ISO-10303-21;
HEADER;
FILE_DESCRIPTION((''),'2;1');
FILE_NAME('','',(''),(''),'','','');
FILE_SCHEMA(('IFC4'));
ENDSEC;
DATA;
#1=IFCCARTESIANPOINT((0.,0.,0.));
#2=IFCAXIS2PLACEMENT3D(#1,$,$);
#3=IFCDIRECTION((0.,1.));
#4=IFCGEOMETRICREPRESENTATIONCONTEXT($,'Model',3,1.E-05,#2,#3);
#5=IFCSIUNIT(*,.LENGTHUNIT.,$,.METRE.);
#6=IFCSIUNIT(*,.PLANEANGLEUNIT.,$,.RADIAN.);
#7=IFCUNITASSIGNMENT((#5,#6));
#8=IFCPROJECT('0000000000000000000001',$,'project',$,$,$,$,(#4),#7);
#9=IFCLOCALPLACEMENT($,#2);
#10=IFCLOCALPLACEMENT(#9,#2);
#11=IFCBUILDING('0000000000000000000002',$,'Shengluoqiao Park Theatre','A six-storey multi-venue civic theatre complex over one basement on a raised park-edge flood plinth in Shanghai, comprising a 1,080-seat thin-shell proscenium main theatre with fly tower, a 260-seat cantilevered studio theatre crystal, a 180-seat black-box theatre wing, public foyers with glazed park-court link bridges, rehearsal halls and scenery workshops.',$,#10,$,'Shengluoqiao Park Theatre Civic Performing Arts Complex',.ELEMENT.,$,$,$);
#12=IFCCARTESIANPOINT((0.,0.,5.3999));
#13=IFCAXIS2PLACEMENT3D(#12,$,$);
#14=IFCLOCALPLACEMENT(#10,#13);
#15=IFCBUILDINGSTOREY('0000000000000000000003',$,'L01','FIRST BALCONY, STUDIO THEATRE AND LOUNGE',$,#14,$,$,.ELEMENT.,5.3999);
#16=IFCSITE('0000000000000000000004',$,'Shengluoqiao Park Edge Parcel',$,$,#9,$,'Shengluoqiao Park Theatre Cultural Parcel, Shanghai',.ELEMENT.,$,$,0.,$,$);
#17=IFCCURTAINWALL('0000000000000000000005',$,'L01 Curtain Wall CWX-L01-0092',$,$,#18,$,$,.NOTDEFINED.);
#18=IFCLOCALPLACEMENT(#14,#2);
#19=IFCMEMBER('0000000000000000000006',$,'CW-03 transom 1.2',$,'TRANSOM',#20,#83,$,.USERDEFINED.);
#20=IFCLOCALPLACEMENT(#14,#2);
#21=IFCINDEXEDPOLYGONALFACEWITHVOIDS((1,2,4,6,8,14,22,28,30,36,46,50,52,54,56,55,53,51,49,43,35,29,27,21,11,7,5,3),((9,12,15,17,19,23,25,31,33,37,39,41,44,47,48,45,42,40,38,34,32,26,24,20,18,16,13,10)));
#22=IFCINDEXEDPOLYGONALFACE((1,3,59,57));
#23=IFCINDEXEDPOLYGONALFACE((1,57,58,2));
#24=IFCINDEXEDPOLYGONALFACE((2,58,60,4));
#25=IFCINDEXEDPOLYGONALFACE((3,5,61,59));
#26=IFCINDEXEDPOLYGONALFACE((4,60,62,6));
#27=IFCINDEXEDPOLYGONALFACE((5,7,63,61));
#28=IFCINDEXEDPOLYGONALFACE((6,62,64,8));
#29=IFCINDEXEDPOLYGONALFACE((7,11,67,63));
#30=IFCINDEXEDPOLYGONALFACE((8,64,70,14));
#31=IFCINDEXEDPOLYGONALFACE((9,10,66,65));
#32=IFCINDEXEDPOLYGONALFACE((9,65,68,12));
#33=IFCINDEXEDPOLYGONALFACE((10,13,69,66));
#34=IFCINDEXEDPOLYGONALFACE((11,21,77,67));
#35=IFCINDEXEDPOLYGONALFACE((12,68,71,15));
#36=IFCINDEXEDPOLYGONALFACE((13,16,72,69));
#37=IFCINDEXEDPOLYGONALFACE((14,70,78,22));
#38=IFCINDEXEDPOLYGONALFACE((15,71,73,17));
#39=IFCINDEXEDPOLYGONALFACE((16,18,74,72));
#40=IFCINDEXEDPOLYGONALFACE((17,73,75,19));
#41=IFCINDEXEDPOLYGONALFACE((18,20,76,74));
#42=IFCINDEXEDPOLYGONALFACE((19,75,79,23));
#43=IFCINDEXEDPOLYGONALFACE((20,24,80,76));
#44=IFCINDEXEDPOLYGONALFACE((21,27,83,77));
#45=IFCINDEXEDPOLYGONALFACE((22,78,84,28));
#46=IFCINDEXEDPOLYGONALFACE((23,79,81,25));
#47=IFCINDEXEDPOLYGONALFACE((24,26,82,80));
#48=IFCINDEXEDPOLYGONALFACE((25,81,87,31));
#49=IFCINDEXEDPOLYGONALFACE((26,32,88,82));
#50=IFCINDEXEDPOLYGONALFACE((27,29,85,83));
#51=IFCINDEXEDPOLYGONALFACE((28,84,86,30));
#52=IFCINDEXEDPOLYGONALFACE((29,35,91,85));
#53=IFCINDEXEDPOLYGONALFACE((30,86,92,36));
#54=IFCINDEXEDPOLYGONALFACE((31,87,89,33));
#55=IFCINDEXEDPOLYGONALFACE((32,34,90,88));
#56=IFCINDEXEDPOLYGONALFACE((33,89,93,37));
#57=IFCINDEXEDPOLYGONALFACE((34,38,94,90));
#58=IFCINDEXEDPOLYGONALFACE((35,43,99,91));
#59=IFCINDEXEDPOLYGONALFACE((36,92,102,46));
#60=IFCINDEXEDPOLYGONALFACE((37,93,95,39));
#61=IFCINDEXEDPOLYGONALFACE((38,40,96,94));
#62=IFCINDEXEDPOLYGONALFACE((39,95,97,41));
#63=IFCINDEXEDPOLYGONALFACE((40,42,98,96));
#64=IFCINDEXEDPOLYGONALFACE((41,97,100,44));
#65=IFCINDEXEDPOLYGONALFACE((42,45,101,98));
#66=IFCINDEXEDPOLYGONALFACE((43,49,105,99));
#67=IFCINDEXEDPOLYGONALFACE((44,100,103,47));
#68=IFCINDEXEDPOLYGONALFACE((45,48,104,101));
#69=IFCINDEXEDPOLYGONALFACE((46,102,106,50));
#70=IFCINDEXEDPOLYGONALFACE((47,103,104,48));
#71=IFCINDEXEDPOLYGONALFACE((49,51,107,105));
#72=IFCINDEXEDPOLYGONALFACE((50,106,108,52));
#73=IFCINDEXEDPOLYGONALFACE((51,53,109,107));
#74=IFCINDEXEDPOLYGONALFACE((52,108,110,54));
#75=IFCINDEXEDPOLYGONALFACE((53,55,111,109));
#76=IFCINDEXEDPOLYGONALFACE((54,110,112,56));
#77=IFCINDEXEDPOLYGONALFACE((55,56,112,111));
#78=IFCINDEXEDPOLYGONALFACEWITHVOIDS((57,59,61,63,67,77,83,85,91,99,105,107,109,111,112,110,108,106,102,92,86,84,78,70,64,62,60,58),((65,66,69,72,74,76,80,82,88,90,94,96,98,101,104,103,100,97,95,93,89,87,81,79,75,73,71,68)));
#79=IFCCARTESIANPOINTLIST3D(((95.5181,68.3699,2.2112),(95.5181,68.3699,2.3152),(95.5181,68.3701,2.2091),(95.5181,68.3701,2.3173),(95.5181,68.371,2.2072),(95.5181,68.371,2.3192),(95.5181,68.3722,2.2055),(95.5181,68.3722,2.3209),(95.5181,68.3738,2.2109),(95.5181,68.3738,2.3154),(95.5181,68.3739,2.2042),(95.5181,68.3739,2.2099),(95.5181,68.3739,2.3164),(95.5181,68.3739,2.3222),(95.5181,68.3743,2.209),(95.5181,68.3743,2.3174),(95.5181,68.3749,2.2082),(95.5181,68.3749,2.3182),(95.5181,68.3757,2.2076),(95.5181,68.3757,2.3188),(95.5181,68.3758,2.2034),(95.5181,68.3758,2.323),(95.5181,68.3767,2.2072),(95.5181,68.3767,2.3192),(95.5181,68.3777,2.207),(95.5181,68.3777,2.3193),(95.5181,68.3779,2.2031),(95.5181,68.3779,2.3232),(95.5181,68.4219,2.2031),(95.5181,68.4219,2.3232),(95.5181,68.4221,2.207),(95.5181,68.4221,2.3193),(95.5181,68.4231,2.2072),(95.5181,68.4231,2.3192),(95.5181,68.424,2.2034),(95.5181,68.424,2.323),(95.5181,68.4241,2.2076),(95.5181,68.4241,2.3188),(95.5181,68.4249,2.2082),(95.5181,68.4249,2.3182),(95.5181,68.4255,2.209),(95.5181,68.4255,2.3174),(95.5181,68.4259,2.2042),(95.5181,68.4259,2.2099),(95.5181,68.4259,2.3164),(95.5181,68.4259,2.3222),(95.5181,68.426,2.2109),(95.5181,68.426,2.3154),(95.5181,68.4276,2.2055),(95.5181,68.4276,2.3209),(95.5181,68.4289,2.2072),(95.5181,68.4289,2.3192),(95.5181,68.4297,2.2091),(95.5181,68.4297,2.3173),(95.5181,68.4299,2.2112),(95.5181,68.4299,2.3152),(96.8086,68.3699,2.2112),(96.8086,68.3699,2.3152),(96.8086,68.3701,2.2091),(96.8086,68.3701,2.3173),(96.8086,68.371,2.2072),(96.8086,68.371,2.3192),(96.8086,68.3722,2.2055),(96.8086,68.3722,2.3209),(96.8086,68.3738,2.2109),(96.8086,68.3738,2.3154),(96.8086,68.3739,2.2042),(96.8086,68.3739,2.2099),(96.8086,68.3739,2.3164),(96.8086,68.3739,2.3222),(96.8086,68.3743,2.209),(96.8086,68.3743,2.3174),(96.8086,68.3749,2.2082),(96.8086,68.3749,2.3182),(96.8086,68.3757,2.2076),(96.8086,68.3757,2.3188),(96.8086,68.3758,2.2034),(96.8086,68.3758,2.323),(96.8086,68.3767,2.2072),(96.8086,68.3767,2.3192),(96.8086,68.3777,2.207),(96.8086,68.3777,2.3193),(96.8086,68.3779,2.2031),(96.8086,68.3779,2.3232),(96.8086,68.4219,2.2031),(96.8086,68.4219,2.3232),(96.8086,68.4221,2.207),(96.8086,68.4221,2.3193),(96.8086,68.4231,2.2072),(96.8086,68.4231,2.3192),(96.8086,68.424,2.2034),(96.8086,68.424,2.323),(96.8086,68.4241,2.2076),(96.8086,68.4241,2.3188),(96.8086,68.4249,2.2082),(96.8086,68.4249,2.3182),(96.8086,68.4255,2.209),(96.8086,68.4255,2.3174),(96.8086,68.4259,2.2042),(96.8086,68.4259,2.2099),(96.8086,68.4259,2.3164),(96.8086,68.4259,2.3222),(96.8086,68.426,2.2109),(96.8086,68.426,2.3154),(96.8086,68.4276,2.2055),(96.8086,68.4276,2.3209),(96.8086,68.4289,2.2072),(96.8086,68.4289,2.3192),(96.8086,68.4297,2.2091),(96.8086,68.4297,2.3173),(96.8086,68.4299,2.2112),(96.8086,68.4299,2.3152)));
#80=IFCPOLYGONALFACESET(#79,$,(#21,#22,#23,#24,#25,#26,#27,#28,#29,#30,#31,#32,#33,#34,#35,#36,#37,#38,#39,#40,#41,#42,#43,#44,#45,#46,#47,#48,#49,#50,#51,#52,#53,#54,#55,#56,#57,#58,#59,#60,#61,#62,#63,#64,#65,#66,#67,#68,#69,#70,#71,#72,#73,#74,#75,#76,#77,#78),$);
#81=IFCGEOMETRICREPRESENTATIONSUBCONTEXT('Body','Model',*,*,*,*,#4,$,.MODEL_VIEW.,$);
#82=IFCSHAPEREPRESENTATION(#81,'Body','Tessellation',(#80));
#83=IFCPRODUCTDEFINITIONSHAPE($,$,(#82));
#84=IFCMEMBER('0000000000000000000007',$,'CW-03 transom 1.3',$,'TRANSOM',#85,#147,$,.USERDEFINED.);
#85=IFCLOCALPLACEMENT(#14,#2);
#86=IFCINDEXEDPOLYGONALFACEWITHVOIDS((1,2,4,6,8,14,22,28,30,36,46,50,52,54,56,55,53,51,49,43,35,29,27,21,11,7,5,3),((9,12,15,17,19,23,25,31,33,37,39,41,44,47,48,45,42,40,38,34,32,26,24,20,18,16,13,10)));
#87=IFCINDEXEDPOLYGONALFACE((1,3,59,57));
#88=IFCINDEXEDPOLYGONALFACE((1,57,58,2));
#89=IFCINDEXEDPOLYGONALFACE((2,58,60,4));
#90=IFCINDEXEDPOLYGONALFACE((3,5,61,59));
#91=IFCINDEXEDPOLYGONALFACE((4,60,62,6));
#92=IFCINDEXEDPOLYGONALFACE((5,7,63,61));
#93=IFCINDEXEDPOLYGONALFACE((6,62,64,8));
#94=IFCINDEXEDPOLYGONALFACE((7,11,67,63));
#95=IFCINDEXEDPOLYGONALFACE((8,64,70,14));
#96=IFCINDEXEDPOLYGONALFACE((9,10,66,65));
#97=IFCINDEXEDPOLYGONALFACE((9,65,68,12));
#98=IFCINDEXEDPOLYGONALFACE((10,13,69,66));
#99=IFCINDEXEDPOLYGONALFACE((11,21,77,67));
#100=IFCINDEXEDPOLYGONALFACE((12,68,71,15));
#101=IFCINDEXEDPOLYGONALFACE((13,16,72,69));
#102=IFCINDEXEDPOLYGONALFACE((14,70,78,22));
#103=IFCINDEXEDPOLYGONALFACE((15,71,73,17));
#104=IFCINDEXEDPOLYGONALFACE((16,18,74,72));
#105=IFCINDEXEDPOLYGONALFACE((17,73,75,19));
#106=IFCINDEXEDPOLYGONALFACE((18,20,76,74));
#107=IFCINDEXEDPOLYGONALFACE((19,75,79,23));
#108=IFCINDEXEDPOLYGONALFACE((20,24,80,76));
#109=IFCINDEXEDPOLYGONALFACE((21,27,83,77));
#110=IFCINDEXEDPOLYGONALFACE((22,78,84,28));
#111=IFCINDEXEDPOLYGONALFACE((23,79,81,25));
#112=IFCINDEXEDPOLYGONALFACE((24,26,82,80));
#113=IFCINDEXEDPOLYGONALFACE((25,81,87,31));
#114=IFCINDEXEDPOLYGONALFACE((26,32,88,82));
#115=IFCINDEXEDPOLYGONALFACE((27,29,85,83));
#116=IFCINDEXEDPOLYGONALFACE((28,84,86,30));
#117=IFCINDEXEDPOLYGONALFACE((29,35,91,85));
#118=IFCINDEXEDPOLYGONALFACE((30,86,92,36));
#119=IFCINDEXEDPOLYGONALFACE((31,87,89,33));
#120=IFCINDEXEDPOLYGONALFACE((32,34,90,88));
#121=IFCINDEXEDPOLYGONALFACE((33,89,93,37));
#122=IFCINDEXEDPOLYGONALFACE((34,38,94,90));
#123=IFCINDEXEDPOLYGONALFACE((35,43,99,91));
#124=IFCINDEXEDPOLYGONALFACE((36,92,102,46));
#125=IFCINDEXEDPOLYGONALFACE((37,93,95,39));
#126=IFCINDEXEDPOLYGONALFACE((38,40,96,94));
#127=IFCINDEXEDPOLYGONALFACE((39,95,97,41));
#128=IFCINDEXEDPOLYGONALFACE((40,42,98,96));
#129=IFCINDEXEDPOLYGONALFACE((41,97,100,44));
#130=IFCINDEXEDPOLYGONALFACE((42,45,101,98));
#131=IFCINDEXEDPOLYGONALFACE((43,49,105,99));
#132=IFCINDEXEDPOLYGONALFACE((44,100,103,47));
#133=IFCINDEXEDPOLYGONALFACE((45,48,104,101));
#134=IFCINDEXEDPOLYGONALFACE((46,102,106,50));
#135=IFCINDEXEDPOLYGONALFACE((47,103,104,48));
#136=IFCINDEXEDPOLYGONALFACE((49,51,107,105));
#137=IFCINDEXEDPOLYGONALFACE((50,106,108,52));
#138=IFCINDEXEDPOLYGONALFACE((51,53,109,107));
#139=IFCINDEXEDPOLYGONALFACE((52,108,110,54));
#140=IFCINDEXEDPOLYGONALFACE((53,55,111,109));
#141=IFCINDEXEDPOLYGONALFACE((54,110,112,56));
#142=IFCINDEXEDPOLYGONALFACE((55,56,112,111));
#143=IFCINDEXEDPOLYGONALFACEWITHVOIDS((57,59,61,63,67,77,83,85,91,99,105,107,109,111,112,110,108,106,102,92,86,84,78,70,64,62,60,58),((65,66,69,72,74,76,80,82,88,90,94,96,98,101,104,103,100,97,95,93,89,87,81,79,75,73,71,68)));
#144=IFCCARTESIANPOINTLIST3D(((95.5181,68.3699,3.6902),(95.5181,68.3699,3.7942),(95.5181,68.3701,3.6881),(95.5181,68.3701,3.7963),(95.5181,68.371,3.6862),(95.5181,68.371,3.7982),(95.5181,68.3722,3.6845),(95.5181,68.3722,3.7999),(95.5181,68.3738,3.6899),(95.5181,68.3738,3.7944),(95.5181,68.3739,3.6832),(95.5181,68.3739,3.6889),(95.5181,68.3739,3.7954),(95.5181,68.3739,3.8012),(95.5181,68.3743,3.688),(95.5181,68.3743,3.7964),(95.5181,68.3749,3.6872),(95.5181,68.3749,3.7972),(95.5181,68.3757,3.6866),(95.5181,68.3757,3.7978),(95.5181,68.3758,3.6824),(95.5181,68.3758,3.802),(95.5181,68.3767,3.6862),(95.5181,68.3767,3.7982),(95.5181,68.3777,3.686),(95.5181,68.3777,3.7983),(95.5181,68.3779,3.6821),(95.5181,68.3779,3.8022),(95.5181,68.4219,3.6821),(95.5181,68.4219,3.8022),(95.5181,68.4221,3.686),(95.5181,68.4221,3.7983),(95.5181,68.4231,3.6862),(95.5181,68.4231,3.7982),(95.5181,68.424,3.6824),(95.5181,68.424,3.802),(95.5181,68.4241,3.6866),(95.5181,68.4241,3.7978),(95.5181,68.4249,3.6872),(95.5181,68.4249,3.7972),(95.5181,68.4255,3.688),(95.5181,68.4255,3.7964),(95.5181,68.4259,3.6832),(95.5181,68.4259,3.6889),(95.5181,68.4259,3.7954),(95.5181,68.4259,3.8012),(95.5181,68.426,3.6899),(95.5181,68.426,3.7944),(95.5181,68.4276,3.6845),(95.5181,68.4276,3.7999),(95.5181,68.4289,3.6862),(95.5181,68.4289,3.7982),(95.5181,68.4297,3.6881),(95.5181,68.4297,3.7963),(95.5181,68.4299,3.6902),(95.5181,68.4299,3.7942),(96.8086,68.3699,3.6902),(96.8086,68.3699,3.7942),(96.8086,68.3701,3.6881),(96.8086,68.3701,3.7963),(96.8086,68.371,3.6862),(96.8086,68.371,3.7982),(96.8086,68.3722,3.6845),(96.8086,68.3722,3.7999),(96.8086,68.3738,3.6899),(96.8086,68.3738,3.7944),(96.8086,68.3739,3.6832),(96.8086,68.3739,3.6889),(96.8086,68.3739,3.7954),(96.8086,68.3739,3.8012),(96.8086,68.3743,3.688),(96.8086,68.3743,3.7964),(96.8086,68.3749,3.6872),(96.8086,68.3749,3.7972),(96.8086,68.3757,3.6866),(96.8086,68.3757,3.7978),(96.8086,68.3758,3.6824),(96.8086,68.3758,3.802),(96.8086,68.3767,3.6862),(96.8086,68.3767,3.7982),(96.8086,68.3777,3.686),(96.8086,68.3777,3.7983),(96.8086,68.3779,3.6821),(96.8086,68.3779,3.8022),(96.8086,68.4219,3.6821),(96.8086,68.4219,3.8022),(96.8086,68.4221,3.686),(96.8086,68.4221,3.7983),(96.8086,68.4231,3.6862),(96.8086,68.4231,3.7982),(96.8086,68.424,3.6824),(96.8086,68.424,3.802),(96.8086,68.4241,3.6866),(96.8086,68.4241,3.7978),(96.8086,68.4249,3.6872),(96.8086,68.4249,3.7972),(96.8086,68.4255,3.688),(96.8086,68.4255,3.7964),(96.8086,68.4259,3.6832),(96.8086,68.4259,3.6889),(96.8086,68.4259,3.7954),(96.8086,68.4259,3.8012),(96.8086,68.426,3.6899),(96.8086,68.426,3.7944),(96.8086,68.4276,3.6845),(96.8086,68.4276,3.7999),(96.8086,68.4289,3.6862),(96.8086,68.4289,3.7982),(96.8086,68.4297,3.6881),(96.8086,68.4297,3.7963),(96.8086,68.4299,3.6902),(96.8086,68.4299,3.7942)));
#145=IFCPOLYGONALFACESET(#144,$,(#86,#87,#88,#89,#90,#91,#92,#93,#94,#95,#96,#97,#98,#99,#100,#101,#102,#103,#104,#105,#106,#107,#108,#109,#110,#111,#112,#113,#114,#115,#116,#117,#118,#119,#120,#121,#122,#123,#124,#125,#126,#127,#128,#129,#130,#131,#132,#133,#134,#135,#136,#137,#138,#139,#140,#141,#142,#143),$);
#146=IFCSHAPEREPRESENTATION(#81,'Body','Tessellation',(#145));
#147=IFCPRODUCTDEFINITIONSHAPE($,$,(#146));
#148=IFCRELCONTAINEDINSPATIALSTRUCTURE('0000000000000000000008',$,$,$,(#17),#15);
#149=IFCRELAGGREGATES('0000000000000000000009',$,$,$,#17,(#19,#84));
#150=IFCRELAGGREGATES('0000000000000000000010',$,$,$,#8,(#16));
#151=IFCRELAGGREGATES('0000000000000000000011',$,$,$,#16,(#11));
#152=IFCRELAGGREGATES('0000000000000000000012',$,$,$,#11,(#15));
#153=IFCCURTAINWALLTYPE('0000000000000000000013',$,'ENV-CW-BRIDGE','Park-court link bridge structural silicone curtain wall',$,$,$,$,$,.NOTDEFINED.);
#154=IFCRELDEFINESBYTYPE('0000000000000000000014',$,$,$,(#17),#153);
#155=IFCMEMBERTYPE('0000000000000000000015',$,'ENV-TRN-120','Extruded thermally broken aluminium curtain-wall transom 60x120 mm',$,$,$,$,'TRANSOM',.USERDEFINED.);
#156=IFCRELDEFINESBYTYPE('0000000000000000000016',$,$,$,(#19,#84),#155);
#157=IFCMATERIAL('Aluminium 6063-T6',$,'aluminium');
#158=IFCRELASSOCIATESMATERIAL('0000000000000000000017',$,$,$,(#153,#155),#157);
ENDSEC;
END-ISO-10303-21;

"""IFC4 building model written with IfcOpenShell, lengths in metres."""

from ifc_helpers import new_model, si_unit, direction, frame, origin, origin_2d, place, context, subcontext, project, spatial, hollow_rectangle, extrude, material, material_profile, profile_set, type_object, element, aggregate, save


model = new_model("IFC4")

# Units and contexts
model_context = context("Model", 3, precision=1e-05, world=origin(), true_north=direction((0.0, 1.0)))
body_context = subcontext(model_context, "Body", "Model", "MODEL_VIEW")
ifc_project = project(units=[si_unit("LENGTHUNIT", "METRE"), si_unit("PLANEANGLEUNIT", "RADIAN")], contexts=[model_context])

# Site, building, storey
site_placement = place(None, origin())
site = spatial("IfcSite", under=ifc_project, at=site_placement, Name="Shengluoqiao Park Edge Parcel", LongName="Shengluoqiao Park Theatre Cultural Parcel, Shanghai", CompositionType="ELEMENT", RefElevation=0.0)
building_placement = place(site_placement, origin())
building = spatial("IfcBuilding", under=site, at=building_placement, Name="Shengluoqiao Park Theatre", Description="A six-storey multi-venue civic theatre complex over one basement on a raised park-edge flood plinth in Shanghai, comprising a 1,080-seat thin-shell proscenium main theatre with fly tower, a 260-seat cantilevered studio theatre crystal, a 180-seat black-box theatre wing, public foyers with glazed park-court link bridges, rehearsal halls and scenery workshops.", LongName="Shengluoqiao Park Theatre Civic Performing Arts Complex", CompositionType="ELEMENT")
storey_placement = place(building_placement, frame((0.0, 0.0, 5.3999)))
storey = spatial("IfcBuildingStorey", under=building, at=storey_placement, Name="L01", Description="FIRST BALCONY, STUDIO THEATRE AND LOUNGE", CompositionType="ELEMENT", Elevation=5.3999)

# Shared definitions
ifc_material_1 = material(Name="Aluminium 6063-T6", Category="aluminium")
curtain_wall_type = type_object("IfcCurtainWallType", Name="ENV-CW-BRIDGE", Description="Park-court link bridge structural silicone curtain wall", PredefinedType="NOTDEFINED", material=ifc_material_1)

# Curtain wall
curtain_wall_1_placement = place(storey_placement, origin())
curtain_wall_1 = element("IfcCurtainWall", 1, at=curtain_wall_1_placement, inside=storey, type_object=curtain_wall_type, Name="L01 Curtain Wall CWX-L01-0092", PredefinedType="NOTDEFINED")

# Members
ifc_material_profile_1 = material_profile(ifc_material_1, hollow_rectangle(XDim=0.0601, YDim=0.1201, WallThickness=0.0039, InnerFilletRadius=0.0039, OuterFilletRadius=0.0081, at=origin_2d()), Name="ALU TRANSOM 120x60x4")
ifc_profile_set_1 = profile_set([ifc_material_profile_1], Name="Aluminium 6063-T6")
member_type_1 = type_object("IfcMemberType", Name="ENV-TRN-120", Description="Extruded thermally broken aluminium curtain-wall transom 60x120 mm", ElementType="TRANSOM", PredefinedType="USERDEFINED", material=ifc_profile_set_1)
member_1_placement = place(storey_placement, frame((95.5181, 68.3999, 2.2632), z_axis=(1.0, 0.0, 0.0), x_axis=(0.0, 1.0, 0.0)))
member_1 = element("IfcMember", 2, at=member_1_placement, type_object=member_type_1, Name="CW-03 transom 1.2", ObjectType="TRANSOM", PredefinedType="USERDEFINED", context=body_context, shape_type="SweptSolid", body=[
    extrude(hollow_rectangle(XDim=0.0601, YDim=0.1201, WallThickness=0.0039, InnerFilletRadius=0.0039, OuterFilletRadius=0.0081, at=origin_2d()), origin(), (0.0, 0.0, 1.0), 1.2905),
])
member_2_placement = place(storey_placement, frame((95.5181, 68.3999, 3.7422), z_axis=(1.0, 0.0, 0.0), x_axis=(0.0, 1.0, 0.0)))
member_2 = element("IfcMember", 3, at=member_2_placement, type_object=member_type_1, Name="CW-03 transom 1.3", ObjectType="TRANSOM", PredefinedType="USERDEFINED", context=body_context, shape_type="SweptSolid", body=[
    extrude(hollow_rectangle(XDim=0.0601, YDim=0.1201, WallThickness=0.0039, InnerFilletRadius=0.0039, OuterFilletRadius=0.0081, at=origin_2d()), origin(), (0.0, 0.0, 1.0), 1.2905),
])
aggregate(curtain_wall_1, [member_1, member_2])

save(model, "model.ifc")
